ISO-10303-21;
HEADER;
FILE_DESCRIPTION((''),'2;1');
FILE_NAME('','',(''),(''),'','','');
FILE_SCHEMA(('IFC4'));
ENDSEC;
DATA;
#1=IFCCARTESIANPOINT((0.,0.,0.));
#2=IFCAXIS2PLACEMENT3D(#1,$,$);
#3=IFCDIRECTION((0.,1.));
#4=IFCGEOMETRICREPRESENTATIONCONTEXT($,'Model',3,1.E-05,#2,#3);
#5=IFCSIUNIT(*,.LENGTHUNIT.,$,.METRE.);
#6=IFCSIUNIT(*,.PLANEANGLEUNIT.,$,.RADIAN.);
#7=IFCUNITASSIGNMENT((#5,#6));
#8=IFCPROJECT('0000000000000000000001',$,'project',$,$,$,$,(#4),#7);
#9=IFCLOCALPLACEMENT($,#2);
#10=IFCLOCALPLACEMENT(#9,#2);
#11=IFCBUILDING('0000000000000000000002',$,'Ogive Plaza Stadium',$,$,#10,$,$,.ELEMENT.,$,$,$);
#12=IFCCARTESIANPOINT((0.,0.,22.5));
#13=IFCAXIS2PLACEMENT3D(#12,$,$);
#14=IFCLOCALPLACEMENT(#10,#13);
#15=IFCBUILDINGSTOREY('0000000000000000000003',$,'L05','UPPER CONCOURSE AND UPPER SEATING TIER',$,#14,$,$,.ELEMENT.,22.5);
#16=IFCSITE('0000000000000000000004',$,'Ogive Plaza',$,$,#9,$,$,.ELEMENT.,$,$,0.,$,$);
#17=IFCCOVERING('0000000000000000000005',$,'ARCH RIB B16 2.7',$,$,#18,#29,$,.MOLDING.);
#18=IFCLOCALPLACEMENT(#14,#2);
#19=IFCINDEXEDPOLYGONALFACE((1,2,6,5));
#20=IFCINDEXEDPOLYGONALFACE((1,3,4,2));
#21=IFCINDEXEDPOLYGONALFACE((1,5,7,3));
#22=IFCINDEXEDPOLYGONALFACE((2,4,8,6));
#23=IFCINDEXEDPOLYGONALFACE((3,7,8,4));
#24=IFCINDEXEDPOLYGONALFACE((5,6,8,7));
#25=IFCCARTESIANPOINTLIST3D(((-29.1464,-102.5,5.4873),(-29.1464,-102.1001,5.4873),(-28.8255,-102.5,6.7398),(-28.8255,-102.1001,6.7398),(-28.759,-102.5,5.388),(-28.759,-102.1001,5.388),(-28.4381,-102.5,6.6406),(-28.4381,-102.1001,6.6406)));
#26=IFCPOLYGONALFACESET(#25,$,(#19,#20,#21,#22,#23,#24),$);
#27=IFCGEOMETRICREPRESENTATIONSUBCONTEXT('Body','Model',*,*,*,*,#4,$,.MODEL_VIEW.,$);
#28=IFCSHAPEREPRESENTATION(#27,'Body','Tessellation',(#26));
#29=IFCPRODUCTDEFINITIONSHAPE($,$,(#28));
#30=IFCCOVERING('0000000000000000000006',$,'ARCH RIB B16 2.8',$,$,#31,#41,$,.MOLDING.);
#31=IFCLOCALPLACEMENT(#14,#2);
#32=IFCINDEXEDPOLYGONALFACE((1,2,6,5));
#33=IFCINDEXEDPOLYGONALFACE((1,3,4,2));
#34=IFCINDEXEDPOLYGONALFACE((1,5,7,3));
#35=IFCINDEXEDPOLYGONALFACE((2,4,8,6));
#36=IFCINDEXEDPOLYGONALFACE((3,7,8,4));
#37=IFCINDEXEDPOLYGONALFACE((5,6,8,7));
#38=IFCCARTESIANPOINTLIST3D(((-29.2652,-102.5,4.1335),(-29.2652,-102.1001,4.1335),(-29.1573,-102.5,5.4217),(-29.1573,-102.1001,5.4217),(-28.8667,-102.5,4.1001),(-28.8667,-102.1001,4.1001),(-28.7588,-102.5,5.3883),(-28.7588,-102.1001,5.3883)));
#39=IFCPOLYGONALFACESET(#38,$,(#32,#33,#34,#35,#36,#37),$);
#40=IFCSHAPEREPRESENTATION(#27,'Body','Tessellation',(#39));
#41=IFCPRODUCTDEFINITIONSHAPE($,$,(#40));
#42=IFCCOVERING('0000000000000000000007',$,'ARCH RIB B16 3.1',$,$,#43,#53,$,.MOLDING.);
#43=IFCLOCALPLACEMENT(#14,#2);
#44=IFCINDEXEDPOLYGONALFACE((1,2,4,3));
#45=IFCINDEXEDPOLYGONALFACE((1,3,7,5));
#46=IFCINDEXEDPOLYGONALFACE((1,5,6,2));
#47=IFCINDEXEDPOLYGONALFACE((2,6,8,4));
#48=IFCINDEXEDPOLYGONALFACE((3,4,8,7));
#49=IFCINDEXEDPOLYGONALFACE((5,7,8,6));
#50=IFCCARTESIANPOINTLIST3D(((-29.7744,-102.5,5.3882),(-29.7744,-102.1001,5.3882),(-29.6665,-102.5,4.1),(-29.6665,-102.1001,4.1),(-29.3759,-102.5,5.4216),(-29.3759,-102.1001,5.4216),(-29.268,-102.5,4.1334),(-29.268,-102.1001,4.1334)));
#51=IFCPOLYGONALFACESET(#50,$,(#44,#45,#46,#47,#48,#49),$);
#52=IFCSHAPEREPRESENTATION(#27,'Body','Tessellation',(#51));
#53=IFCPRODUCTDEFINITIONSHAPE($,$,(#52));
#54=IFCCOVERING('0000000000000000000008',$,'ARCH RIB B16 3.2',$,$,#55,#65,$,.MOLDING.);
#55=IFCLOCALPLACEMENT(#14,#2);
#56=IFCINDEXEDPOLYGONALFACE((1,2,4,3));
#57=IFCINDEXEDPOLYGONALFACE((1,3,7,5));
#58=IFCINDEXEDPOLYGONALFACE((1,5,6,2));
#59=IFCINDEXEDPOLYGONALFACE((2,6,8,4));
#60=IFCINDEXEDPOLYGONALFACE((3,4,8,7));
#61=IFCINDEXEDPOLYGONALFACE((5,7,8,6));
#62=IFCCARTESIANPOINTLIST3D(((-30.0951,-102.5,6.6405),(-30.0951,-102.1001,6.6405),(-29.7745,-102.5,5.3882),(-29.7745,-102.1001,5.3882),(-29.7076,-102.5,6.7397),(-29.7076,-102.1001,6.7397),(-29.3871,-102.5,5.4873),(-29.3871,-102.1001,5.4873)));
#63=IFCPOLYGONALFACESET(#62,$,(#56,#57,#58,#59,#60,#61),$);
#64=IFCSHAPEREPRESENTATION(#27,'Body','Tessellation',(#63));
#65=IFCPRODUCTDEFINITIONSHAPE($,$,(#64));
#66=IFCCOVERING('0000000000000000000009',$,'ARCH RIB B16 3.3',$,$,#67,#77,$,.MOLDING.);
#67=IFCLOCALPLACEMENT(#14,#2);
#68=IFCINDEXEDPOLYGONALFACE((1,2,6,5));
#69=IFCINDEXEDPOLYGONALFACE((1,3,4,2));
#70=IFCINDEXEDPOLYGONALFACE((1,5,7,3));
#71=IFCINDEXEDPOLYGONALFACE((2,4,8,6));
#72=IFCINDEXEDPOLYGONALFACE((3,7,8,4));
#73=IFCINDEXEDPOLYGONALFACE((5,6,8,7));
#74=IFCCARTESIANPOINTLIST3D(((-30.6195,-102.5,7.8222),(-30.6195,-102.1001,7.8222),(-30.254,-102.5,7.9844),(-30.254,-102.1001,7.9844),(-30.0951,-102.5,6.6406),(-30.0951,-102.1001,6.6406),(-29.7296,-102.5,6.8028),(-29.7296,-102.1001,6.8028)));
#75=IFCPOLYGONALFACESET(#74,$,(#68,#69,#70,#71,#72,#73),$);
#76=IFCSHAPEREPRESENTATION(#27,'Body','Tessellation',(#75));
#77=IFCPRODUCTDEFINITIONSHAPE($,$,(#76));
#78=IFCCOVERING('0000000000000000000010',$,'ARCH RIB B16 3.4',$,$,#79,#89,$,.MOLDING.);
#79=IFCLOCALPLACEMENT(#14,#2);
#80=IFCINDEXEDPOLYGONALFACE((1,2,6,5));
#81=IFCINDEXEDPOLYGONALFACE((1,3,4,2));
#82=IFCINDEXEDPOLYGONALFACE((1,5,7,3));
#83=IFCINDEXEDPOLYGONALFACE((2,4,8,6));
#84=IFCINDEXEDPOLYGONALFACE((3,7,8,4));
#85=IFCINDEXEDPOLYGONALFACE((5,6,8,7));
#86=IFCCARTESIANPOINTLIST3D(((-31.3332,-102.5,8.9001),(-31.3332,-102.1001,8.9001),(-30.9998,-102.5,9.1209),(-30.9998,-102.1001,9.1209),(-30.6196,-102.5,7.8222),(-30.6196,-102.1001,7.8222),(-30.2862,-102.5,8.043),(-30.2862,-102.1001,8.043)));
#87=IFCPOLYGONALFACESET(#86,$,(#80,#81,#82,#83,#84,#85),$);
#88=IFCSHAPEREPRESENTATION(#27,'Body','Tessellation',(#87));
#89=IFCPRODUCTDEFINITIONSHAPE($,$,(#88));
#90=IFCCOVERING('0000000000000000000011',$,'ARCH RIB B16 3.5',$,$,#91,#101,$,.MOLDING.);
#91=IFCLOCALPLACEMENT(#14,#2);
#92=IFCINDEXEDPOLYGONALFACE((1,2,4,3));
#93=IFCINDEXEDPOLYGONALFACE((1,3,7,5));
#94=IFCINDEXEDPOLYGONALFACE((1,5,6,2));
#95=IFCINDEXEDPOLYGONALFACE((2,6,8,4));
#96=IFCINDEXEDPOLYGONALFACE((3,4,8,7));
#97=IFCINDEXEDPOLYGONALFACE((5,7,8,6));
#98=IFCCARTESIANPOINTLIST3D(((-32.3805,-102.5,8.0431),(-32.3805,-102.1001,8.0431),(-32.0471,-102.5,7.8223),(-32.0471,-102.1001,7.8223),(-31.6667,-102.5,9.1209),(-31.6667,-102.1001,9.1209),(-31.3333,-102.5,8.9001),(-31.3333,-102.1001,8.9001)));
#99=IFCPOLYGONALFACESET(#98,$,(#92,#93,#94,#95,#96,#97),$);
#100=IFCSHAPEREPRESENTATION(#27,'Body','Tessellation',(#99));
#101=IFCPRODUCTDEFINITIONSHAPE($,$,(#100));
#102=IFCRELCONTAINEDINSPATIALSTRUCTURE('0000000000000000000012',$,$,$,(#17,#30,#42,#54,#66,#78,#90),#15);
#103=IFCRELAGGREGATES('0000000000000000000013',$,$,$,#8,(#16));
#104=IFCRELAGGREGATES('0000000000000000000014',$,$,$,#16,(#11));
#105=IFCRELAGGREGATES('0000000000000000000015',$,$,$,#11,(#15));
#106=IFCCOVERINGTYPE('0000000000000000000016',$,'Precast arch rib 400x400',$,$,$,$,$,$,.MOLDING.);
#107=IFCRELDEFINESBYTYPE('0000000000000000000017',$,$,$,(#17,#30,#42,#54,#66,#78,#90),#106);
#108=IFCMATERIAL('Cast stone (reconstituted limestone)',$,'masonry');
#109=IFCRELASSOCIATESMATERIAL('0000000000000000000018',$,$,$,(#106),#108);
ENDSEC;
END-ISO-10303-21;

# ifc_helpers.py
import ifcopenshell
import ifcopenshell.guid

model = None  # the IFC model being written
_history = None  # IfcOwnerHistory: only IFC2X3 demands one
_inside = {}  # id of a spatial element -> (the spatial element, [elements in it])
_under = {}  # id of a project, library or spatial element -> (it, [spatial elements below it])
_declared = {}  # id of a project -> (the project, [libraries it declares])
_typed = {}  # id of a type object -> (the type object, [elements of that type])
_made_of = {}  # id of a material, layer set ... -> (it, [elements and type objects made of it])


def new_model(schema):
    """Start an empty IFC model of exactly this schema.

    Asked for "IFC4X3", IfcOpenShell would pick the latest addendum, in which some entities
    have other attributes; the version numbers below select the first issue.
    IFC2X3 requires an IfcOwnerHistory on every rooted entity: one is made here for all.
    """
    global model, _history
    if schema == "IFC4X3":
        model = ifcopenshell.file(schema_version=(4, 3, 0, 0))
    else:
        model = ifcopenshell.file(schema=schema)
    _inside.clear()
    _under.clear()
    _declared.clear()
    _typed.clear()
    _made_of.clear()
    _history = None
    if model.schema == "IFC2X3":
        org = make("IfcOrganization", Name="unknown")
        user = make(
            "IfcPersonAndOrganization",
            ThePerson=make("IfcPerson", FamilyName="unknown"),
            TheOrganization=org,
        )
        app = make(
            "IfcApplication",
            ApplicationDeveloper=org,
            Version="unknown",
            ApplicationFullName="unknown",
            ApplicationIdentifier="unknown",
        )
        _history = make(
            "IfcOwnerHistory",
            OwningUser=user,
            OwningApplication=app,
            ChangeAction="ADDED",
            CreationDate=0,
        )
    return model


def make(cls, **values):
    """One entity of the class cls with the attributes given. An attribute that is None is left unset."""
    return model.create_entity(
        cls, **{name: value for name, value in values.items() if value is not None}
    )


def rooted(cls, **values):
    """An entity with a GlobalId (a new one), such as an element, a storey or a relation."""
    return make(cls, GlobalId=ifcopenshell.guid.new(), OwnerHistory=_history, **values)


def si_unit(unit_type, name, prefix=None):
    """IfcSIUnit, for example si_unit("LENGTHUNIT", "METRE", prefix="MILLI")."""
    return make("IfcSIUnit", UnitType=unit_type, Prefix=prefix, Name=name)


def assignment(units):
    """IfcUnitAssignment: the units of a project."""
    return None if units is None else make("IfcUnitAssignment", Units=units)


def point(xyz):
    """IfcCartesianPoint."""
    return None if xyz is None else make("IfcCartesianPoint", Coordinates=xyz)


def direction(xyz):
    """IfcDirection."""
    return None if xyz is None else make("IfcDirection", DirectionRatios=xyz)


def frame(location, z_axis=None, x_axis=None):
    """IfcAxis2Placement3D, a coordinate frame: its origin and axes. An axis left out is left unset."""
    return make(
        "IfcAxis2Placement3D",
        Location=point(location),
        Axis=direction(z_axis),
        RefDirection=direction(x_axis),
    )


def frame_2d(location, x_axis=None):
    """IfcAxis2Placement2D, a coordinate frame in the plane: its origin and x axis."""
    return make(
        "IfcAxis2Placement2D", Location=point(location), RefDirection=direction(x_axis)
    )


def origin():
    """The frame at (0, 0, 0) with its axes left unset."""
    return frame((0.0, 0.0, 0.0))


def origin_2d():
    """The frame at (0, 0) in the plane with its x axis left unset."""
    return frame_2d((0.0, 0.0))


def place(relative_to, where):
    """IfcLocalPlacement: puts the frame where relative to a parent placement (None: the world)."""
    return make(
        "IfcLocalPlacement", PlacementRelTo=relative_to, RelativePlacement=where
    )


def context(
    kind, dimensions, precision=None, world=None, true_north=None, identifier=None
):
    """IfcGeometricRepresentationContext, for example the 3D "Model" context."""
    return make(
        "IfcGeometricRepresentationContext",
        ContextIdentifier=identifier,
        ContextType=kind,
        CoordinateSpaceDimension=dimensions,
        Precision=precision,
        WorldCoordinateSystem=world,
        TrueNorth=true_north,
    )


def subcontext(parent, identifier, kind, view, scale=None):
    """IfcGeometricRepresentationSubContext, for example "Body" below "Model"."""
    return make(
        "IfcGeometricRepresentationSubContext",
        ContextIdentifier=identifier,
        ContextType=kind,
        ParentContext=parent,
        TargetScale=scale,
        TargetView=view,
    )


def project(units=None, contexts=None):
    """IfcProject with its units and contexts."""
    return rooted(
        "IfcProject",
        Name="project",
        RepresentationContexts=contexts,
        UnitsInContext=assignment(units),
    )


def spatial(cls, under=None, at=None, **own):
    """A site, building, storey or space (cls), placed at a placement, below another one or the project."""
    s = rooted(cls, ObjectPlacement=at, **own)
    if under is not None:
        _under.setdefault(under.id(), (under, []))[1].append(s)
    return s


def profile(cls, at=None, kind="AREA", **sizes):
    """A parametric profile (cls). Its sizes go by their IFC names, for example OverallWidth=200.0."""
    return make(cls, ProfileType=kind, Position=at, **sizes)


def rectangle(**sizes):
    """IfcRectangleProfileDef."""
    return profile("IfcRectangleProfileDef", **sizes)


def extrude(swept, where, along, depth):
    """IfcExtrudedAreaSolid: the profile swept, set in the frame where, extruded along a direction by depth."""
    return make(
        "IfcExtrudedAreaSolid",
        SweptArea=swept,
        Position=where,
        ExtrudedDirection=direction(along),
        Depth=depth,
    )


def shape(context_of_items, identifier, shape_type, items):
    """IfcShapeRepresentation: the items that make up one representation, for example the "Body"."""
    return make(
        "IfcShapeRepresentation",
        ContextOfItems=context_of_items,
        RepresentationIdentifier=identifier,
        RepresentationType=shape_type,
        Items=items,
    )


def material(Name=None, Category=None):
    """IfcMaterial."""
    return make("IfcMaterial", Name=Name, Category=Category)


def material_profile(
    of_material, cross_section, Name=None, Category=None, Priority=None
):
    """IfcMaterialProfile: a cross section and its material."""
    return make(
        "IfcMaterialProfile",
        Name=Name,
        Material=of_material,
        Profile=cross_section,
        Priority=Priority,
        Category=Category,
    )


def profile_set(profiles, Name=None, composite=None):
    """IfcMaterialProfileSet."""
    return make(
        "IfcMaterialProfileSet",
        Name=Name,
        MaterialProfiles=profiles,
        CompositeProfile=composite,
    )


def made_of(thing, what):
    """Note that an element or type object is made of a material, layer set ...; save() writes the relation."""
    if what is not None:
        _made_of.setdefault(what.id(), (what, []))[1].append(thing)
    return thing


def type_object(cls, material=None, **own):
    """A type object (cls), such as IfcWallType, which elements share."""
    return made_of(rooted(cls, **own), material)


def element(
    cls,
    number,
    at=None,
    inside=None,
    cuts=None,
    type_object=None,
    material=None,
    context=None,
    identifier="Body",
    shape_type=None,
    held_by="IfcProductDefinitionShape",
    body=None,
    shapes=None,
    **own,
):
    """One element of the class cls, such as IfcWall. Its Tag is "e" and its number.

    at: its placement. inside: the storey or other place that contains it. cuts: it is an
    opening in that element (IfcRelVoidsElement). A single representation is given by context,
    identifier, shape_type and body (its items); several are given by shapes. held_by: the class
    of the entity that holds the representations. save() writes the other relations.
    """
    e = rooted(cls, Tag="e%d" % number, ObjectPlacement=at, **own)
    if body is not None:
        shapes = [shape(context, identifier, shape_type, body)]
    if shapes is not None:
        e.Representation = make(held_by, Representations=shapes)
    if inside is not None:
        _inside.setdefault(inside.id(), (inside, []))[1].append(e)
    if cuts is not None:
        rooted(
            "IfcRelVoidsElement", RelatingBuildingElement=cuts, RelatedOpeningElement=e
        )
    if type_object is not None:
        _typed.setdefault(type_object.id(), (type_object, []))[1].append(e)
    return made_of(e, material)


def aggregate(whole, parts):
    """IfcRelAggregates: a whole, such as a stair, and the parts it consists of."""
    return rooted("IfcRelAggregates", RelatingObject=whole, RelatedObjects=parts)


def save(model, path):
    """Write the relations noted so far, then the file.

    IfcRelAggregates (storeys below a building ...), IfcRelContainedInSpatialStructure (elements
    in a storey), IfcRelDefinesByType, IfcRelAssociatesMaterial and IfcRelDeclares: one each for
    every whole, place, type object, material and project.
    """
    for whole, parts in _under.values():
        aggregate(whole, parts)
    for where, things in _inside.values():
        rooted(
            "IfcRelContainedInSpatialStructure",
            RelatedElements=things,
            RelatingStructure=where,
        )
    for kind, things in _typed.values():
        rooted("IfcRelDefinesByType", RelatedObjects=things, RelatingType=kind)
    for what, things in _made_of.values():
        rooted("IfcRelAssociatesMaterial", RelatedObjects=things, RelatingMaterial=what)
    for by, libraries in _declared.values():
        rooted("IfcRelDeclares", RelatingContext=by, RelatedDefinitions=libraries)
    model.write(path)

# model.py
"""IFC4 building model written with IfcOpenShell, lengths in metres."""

from ifc_helpers import new_model, si_unit, direction, frame, origin, origin_2d, place, context, subcontext, project, spatial, rectangle, extrude, material, material_profile, profile_set, type_object, element, save


model = new_model("IFC4")

# Units and contexts
model_context = context("Model", 3, precision=1e-05, world=origin(), true_north=direction((0.0, 1.0)))
body_context = subcontext(model_context, "Body", "Model", "MODEL_VIEW")
ifc_project = project(units=[si_unit("LENGTHUNIT", "METRE"), si_unit("PLANEANGLEUNIT", "RADIAN")], contexts=[model_context])

# Site, building, storey
site_placement = place(None, origin())
site = spatial("IfcSite", under=ifc_project, at=site_placement, Name="Ogive Plaza", CompositionType="ELEMENT", RefElevation=0.0)
building_placement = place(site_placement, origin())
building = spatial("IfcBuilding", under=site, at=building_placement, Name="Ogive Plaza Stadium", CompositionType="ELEMENT")
storey_placement = place(building_placement, frame((0.0, 0.0, 22.5)))
storey = spatial("IfcBuildingStorey", under=building, at=storey_placement, Name="L05", Description="UPPER CONCOURSE AND UPPER SEATING TIER", CompositionType="ELEMENT", Elevation=22.5)

# Coverings
ifc_material_1 = material(Name="Cast stone (reconstituted limestone)", Category="masonry")
ifc_material_profile_1 = material_profile(ifc_material_1, rectangle(XDim=0.3999, YDim=0.3999, at=origin_2d()), Name="Cast stone 400x400")
ifc_profile_set_1 = profile_set([ifc_material_profile_1], Name="Cast stone (reconstituted limestone)")
covering_type = type_object("IfcCoveringType", Name="Precast arch rib 400x400", PredefinedType="MOLDING", material=ifc_profile_set_1)
covering_placement = place(storey_placement, frame((-28.6318, -102.3, 6.6902), z_axis=(-0.24813, 0.0, -0.968727), x_axis=(0.0, -1.0, 0.0)))
element("IfcCovering", 1, at=covering_placement, inside=storey, type_object=covering_type, Name="ARCH RIB B16 2.7", PredefinedType="MOLDING", context=body_context, shape_type="SweptSolid", body=[
    extrude(rectangle(XDim=0.3999, YDim=0.3999, at=origin_2d()), origin(), (0.0, 0.0, 1.0), 1.293),
])
for number, where, z_axis, x_axis, name in (
    (2, (-28.958, -102.3, 5.405), (-0.083467, 0.0, -0.996511), (0.0, -1.0, 0.0), "ARCH RIB B16 2.8"),
    (3, (-29.4673, -102.3, 4.1167), (-0.083467, 0.0, 0.996511), (0.0, -1.0, 0.0), "ARCH RIB B16 3.1"),
    (4, (-29.5808, -102.3, 5.4377), (-0.247953, 0.0, 0.968772), (0.0, -1.0, 0.0), "ARCH RIB B16 3.2"),
    (5, (-29.9124, -102.3, 6.7217), (-0.405648, 0.0, 0.914029), (0.0, -1.0, 0.0), "ARCH RIB B16 3.3"),
    (6, (-30.4529, -102.3, 7.9326), (-0.552039, 0.0, 0.833818), (0.0, -1.0, 0.0), "ARCH RIB B16 3.4"),
    (7, (-31.5, -102.3, 9.0105), (-0.55217, 0.0, -0.833731), (0.0, -1.0, 0.0), "ARCH RIB B16 3.5"),
):
    element("IfcCovering", number, at=place(storey_placement, frame(where, z_axis=z_axis, x_axis=x_axis)), inside=storey, type_object=covering_type, Name=name, PredefinedType="MOLDING", context=body_context, shape_type="SweptSolid", body=[
        extrude(rectangle(XDim=0.3999, YDim=0.3999, at=origin_2d()), origin(), (0.0, 0.0, 1.0), 1.2927),
    ])

save(model, "model.ifc")
